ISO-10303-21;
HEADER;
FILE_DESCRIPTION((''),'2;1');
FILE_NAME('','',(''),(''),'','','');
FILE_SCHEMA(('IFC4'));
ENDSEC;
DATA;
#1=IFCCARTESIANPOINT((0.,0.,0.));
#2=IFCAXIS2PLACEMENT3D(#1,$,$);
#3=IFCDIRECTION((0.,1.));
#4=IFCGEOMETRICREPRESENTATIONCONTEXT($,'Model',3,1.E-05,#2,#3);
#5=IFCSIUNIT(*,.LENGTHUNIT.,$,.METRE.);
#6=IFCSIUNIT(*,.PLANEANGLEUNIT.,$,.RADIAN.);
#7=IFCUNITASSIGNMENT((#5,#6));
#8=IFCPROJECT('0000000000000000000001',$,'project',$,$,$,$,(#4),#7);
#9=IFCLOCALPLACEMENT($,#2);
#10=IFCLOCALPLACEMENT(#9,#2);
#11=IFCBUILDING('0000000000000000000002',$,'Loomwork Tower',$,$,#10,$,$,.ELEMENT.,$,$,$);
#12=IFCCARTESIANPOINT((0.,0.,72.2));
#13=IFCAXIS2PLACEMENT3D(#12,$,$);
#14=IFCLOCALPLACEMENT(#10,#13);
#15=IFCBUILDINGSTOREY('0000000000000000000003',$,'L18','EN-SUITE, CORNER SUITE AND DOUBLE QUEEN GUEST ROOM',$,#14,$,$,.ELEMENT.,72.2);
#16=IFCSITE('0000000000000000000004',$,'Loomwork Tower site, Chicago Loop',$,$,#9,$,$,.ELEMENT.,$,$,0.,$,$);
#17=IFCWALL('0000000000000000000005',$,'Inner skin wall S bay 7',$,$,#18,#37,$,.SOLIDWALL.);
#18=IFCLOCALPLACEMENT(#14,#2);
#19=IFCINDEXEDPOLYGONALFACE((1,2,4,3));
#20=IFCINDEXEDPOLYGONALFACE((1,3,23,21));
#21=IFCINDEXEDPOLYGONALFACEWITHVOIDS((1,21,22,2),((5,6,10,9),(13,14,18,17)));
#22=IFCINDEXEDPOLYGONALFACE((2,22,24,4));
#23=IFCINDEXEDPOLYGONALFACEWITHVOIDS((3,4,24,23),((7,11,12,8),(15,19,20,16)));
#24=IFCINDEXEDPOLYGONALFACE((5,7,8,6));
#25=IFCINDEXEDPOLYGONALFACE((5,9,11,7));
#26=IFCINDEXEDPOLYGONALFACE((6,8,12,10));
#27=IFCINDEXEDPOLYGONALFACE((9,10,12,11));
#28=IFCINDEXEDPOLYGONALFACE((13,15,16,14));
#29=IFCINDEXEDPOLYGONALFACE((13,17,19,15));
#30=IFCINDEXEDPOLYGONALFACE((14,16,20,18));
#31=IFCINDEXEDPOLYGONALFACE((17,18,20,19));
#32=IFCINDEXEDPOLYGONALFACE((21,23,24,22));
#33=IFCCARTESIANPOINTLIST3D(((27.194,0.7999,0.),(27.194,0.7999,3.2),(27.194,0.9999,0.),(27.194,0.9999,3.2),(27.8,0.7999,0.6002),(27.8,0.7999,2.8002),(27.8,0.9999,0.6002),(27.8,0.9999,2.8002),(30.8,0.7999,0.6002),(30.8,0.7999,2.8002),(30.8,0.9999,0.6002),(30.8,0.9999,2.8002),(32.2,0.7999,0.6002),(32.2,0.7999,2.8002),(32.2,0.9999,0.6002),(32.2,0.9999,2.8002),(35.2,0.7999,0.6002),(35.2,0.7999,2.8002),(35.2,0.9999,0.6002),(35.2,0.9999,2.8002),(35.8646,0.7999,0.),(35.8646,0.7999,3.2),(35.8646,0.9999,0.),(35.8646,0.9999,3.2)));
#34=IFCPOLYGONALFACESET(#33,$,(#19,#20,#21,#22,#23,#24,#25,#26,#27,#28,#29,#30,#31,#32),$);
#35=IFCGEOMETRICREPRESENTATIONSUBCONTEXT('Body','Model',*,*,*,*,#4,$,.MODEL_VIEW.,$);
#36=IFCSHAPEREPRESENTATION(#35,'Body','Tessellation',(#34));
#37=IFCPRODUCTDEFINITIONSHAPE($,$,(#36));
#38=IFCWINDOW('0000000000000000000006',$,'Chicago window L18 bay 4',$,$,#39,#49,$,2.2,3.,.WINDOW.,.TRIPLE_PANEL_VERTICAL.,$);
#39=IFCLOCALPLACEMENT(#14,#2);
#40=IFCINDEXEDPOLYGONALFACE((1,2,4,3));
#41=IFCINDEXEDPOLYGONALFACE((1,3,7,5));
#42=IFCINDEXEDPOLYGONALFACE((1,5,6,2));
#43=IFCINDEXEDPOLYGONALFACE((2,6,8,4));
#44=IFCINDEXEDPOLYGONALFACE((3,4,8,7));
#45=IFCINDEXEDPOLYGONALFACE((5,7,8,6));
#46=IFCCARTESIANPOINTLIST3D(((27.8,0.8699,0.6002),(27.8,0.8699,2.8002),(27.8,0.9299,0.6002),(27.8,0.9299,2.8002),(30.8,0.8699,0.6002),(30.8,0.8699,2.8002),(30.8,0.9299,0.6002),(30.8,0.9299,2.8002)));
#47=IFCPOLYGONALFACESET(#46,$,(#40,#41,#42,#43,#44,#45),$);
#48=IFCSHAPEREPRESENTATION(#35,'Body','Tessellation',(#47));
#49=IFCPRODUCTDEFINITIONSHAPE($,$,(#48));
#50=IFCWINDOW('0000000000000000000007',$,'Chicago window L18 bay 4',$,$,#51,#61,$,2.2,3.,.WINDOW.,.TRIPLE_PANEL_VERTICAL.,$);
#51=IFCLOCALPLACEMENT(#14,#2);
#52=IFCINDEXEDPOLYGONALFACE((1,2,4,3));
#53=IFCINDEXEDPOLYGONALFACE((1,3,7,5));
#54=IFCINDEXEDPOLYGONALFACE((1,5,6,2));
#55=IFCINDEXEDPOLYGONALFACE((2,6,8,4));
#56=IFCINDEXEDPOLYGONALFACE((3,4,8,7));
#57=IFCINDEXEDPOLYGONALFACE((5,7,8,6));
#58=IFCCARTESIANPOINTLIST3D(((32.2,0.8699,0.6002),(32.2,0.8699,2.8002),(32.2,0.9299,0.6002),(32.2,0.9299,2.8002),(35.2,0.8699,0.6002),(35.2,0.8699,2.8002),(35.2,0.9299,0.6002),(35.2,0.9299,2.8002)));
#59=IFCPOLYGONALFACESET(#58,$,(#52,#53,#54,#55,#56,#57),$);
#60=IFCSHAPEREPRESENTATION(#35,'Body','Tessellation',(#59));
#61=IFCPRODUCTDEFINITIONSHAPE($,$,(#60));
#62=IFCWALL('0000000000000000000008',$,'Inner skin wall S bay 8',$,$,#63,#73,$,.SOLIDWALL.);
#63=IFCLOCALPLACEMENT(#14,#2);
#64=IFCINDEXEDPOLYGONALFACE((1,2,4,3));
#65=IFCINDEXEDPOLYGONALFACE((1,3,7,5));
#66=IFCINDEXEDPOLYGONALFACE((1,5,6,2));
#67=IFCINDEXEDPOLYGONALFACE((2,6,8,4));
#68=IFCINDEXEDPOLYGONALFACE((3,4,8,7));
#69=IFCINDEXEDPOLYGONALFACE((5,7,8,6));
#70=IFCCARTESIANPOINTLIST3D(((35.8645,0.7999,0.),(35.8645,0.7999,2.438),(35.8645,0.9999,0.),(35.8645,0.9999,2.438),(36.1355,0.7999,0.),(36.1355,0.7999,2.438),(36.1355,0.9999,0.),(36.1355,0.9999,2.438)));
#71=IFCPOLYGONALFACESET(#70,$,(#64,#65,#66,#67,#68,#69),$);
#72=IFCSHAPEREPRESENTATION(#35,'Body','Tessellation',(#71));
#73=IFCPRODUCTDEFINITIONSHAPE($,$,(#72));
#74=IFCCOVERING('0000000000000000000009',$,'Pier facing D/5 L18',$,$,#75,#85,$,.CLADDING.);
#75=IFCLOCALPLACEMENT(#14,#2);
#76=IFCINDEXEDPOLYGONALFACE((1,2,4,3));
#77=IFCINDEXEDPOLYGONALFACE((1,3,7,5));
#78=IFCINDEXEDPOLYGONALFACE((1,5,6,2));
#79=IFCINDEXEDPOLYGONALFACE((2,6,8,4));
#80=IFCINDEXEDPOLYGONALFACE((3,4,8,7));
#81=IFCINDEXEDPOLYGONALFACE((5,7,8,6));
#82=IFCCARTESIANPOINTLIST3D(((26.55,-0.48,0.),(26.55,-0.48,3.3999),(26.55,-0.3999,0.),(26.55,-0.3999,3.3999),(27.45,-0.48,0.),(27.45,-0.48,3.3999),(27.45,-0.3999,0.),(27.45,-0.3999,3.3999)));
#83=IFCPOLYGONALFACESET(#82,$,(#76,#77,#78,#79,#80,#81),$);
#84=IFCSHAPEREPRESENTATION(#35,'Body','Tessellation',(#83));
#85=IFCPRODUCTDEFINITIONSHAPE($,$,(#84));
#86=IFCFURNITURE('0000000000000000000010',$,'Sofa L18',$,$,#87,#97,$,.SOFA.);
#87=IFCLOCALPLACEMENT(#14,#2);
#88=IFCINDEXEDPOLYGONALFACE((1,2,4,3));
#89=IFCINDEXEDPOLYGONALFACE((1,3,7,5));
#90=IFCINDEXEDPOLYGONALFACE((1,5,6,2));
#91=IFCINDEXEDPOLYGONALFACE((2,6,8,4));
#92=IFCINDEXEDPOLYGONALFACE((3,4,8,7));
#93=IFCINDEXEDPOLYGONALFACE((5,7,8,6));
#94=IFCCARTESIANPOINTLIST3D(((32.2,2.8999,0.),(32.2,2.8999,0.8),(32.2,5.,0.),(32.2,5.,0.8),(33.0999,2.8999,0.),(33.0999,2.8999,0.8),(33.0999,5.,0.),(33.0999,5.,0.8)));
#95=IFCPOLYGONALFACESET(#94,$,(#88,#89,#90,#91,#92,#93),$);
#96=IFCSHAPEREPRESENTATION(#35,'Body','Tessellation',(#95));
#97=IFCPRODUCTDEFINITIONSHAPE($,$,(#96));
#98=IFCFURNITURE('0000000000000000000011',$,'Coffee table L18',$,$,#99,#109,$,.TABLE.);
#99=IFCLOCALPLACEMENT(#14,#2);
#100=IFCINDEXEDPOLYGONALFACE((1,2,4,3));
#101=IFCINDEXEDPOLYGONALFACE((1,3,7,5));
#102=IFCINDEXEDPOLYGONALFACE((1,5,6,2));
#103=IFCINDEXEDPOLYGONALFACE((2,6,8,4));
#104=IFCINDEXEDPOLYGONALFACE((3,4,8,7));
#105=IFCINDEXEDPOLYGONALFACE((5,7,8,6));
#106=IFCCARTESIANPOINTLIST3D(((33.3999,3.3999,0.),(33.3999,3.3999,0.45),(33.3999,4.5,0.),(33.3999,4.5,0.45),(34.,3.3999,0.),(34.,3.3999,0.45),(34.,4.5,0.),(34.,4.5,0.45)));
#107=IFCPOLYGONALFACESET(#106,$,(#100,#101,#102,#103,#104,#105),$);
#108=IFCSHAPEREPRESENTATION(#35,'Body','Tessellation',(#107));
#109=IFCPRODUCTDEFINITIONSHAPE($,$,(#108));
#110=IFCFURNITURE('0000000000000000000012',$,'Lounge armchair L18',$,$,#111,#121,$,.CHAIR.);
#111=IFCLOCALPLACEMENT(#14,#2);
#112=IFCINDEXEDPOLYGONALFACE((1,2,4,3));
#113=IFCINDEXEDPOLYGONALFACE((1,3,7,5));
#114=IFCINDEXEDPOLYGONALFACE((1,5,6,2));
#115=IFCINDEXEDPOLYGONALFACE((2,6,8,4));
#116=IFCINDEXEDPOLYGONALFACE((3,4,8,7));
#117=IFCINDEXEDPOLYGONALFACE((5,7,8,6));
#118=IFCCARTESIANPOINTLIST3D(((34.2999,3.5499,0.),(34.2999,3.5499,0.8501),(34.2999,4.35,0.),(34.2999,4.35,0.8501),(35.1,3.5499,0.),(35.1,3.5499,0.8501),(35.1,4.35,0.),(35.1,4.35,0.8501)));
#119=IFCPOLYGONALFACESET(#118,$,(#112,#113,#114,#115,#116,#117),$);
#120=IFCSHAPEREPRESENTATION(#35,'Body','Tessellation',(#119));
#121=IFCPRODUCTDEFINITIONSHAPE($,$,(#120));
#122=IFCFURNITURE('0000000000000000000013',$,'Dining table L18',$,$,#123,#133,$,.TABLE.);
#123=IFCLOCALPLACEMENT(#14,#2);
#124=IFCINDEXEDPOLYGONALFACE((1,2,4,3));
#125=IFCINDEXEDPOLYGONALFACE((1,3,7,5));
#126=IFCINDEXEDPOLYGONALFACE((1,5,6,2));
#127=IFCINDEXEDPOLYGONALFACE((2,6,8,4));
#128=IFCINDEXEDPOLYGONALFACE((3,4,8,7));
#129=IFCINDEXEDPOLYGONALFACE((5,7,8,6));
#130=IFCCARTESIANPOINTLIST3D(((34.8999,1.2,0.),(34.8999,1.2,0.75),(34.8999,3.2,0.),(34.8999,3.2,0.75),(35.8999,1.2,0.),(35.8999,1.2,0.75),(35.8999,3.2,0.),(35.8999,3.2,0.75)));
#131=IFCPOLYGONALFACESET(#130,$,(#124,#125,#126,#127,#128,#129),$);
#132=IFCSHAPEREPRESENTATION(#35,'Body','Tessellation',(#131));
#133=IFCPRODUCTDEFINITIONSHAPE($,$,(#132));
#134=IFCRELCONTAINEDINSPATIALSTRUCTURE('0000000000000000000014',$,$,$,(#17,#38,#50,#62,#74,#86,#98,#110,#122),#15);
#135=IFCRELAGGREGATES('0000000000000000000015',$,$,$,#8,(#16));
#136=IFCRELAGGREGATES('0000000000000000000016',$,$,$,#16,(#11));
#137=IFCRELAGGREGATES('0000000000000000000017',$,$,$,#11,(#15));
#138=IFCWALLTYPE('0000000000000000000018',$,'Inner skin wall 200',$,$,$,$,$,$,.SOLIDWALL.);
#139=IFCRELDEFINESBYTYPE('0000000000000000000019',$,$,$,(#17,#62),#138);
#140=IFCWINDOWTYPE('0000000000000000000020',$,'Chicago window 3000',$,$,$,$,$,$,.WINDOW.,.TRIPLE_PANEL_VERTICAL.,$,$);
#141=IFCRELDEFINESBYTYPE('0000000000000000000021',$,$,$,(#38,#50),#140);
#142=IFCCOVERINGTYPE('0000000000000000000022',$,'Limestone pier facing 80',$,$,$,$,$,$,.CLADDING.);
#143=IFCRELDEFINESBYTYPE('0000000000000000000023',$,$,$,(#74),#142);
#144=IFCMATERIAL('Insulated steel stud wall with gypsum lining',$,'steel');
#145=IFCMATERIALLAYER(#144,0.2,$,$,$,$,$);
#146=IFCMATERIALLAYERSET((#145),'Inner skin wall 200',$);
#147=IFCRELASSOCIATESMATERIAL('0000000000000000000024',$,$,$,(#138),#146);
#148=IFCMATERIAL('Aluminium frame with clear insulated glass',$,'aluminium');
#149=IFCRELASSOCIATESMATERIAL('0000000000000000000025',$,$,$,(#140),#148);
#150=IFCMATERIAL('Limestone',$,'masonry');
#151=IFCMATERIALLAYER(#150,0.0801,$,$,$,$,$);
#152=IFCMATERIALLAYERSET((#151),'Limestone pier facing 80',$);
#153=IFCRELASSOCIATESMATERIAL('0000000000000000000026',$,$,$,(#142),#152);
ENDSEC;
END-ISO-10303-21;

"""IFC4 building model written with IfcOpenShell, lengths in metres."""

from ifc_helpers import new_model, si_unit, direction, frame, frame_2d, origin, origin_2d, place, context, subcontext, project, spatial, rectangle, extrude, material, layer, layer_set, type_object, element, fill, save


model = new_model("IFC4")

# Units and contexts
model_context = context("Model", 3, precision=1e-05, world=origin(), true_north=direction((0.0, 1.0)))
body_context = subcontext(model_context, "Body", "Model", "MODEL_VIEW")
ifc_project = project(units=[si_unit("LENGTHUNIT", "METRE"), si_unit("PLANEANGLEUNIT", "RADIAN")], contexts=[model_context])

# Site, building, storey
site_placement = place(None, origin())
site = spatial("IfcSite", under=ifc_project, at=site_placement, Name="Loomwork Tower site, Chicago Loop", CompositionType="ELEMENT", RefElevation=0.0)
building_placement = place(site_placement, origin())
building = spatial("IfcBuilding", under=site, at=building_placement, Name="Loomwork Tower", CompositionType="ELEMENT")
storey_placement = place(building_placement, frame((0.0, 0.0, 72.2)))
storey = spatial("IfcBuildingStorey", under=building, at=storey_placement, Name="L18", Description="EN-SUITE, CORNER SUITE AND DOUBLE QUEEN GUEST ROOM", CompositionType="ELEMENT", Elevation=72.2)

# Wall, openings, windows
ifc_material_1 = material(Name="Insulated steel stud wall with gypsum lining", Category="steel")
ifc_layer_1 = layer(ifc_material_1, 0.2)
ifc_layer_set_1 = layer_set([ifc_layer_1], Name="Inner skin wall 200")
wall_type = type_object("IfcWallType", Name="Inner skin wall 200", PredefinedType="SOLIDWALL", material=ifc_layer_set_1)
wall_1_placement = place(storey_placement, frame((27.1938, 0.8999, 0.0), z_axis=(0.0, 0.0, 1.0), x_axis=(1.0, 0.0, 0.0)))
wall_1 = element("IfcWall", 1, at=wall_1_placement, inside=storey, type_object=wall_type, Name="Inner skin wall S bay 7", PredefinedType="SOLIDWALL", context=body_context, shape_type="SweptSolid", body=[
    extrude(rectangle(XDim=8.6707, YDim=0.2, at=frame_2d((4.3354, 0.0))), origin(), (0.0, 0.0, 1.0), 3.2),
])
opening_1_placement = place(wall_1_placement, frame((0.6062, 0.0, 0.6001)))
opening_1 = element("IfcOpeningElement", 2, at=opening_1_placement, cuts=wall_1, PredefinedType="OPENING", context=body_context, shape_type="SweptSolid", body=[
    extrude(rectangle(XDim=3.0, YDim=2.2, at=frame_2d((1.5, 1.1001))), frame((0.0, 0.1099, 0.0), z_axis=(0.0, -1.0, 0.0), x_axis=(1.0, 0.0, 0.0)), (0.0, 0.0, 1.0), 0.22),
])
opening_2_placement = place(wall_1_placement, frame((5.0061, 0.0, 0.6001)))
opening_2 = element("IfcOpeningElement", 3, at=opening_2_placement, cuts=wall_1, PredefinedType="OPENING", context=body_context, shape_type="SweptSolid", body=[
    extrude(rectangle(XDim=3.0, YDim=2.2, at=frame_2d((1.5, 1.1001))), frame((0.0, 0.1099, 0.0), z_axis=(0.0, -1.0, 0.0), x_axis=(1.0, 0.0, 0.0)), (0.0, 0.0, 1.0), 0.22),
])
ifc_material_2 = material(Name="Aluminium frame with clear insulated glass", Category="aluminium")
window_type = type_object("IfcWindowType", Name="Chicago window 3000", PartitioningType="TRIPLE_PANEL_VERTICAL", PredefinedType="WINDOW", material=ifc_material_2)
window_1_placement = place(opening_1_placement, origin())
window_1 = element("IfcWindow", 4, at=window_1_placement, inside=storey, type_object=window_type, Name="Chicago window L18 bay 4", OverallHeight=2.2, OverallWidth=3.0, PartitioningType="TRIPLE_PANEL_VERTICAL", PredefinedType="WINDOW", context=body_context, shape_type="SweptSolid", body=[
    extrude(rectangle(XDim=3.0, YDim=2.2, at=frame_2d((1.5, 1.1001))), frame((0.0, 0.03, 0.0), z_axis=(0.0, -1.0, 0.0), x_axis=(1.0, 0.0, 0.0)), (0.0, 0.0, 1.0), 0.0601),
])
fill(opening_1, window_1)
window_2_placement = place(opening_2_placement, origin())
window_2 = element("IfcWindow", 5, at=window_2_placement, inside=storey, type_object=window_type, Name="Chicago window L18 bay 4", OverallHeight=2.2, OverallWidth=3.0, PartitioningType="TRIPLE_PANEL_VERTICAL", PredefinedType="WINDOW", context=body_context, shape_type="SweptSolid", body=[
    extrude(rectangle(XDim=3.0, YDim=2.2, at=frame_2d((1.5, 1.1001))), frame((0.0, 0.03, 0.0), z_axis=(0.0, -1.0, 0.0), x_axis=(1.0, 0.0, 0.0)), (0.0, 0.0, 1.0), 0.0601),
])
fill(opening_2, window_2)

# Wall
wall_2_placement = place(storey_placement, frame((35.8645, 0.8999, 0.0), z_axis=(0.0, 0.0, 1.0), x_axis=(1.0, 0.0, 0.0)))
element("IfcWall", 6, at=wall_2_placement, inside=storey, type_object=wall_type, Name="Inner skin wall S bay 8", PredefinedType="SOLIDWALL", context=body_context, shape_type="SweptSolid", body=[
    extrude(rectangle(XDim=0.271, YDim=0.2, at=frame_2d((0.1355, 0.0))), origin(), (0.0, 0.0, 1.0), 2.438),
])

# Covering
ifc_material_3 = material(Name="Limestone", Category="masonry")
ifc_layer_2 = layer(ifc_material_3, 0.0801)
ifc_layer_set_2 = layer_set([ifc_layer_2], Name="Limestone pier facing 80")
covering_type = type_object("IfcCoveringType", Name="Limestone pier facing 80", PredefinedType="CLADDING", material=ifc_layer_set_2)
covering_placement = place(storey_placement, frame((27.0, -0.4399, 0.0), z_axis=(0.0, 0.0, 1.0), x_axis=(1.0, 0.0, 0.0)))
element("IfcCovering", 7, at=covering_placement, inside=storey, type_object=covering_type, Name="Pier facing D/5 L18", PredefinedType="CLADDING", context=body_context, shape_type="SweptSolid", body=[
    extrude(rectangle(XDim=0.8999, YDim=0.0801, at=origin_2d()), origin(), (0.0, 0.0, 1.0), 3.3999),
])

# Furniture
furniture_1_placement = place(storey_placement, frame((32.6499, 3.95, 0.0), z_axis=(0.0, 0.0, 1.0), x_axis=(1.0, 0.0, 0.0)))
element("IfcFurniture", 8, at=furniture_1_placement, inside=storey, Name="Sofa L18", PredefinedType="SOFA", context=body_context, shape_type="SweptSolid", body=[
    extrude(rectangle(XDim=0.8999, YDim=2.1001, at=origin_2d()), origin(), (0.0, 0.0, 1.0), 0.8),
])
furniture_2_placement = place(storey_placement, frame((33.7, 3.95, 0.0), z_axis=(0.0, 0.0, 1.0), x_axis=(1.0, 0.0, 0.0)))
element("IfcFurniture", 9, at=furniture_2_placement, inside=storey, Name="Coffee table L18", PredefinedType="TABLE", context=body_context, shape_type="SweptSolid", body=[
    extrude(rectangle(XDim=0.6001, YDim=1.1001, at=origin_2d()), origin(), (0.0, 0.0, 1.0), 0.45),
])
furniture_3_placement = place(storey_placement, frame((34.7, 3.95, 0.0), z_axis=(0.0, 0.0, 1.0), x_axis=(1.0, 0.0, 0.0)))
element("IfcFurniture", 10, at=furniture_3_placement, inside=storey, Name="Lounge armchair L18", PredefinedType="CHAIR", context=body_context, shape_type="SweptSolid", body=[
    extrude(rectangle(XDim=0.8, YDim=0.8, at=origin_2d()), origin(), (0.0, 0.0, 1.0), 0.8501),
])
furniture_4_placement = place(storey_placement, frame((35.3999, 2.2, 0.0), z_axis=(0.0, 0.0, 1.0), x_axis=(1.0, 0.0, 0.0)))
element("IfcFurniture", 11, at=furniture_4_placement, inside=storey, Name="Dining table L18", PredefinedType="TABLE", context=body_context, shape_type="SweptSolid", body=[
    extrude(rectangle(XDim=1.0, YDim=2.0, at=origin_2d()), origin(), (0.0, 0.0, 1.0), 0.75),
])

save(model, "model.ifc")
